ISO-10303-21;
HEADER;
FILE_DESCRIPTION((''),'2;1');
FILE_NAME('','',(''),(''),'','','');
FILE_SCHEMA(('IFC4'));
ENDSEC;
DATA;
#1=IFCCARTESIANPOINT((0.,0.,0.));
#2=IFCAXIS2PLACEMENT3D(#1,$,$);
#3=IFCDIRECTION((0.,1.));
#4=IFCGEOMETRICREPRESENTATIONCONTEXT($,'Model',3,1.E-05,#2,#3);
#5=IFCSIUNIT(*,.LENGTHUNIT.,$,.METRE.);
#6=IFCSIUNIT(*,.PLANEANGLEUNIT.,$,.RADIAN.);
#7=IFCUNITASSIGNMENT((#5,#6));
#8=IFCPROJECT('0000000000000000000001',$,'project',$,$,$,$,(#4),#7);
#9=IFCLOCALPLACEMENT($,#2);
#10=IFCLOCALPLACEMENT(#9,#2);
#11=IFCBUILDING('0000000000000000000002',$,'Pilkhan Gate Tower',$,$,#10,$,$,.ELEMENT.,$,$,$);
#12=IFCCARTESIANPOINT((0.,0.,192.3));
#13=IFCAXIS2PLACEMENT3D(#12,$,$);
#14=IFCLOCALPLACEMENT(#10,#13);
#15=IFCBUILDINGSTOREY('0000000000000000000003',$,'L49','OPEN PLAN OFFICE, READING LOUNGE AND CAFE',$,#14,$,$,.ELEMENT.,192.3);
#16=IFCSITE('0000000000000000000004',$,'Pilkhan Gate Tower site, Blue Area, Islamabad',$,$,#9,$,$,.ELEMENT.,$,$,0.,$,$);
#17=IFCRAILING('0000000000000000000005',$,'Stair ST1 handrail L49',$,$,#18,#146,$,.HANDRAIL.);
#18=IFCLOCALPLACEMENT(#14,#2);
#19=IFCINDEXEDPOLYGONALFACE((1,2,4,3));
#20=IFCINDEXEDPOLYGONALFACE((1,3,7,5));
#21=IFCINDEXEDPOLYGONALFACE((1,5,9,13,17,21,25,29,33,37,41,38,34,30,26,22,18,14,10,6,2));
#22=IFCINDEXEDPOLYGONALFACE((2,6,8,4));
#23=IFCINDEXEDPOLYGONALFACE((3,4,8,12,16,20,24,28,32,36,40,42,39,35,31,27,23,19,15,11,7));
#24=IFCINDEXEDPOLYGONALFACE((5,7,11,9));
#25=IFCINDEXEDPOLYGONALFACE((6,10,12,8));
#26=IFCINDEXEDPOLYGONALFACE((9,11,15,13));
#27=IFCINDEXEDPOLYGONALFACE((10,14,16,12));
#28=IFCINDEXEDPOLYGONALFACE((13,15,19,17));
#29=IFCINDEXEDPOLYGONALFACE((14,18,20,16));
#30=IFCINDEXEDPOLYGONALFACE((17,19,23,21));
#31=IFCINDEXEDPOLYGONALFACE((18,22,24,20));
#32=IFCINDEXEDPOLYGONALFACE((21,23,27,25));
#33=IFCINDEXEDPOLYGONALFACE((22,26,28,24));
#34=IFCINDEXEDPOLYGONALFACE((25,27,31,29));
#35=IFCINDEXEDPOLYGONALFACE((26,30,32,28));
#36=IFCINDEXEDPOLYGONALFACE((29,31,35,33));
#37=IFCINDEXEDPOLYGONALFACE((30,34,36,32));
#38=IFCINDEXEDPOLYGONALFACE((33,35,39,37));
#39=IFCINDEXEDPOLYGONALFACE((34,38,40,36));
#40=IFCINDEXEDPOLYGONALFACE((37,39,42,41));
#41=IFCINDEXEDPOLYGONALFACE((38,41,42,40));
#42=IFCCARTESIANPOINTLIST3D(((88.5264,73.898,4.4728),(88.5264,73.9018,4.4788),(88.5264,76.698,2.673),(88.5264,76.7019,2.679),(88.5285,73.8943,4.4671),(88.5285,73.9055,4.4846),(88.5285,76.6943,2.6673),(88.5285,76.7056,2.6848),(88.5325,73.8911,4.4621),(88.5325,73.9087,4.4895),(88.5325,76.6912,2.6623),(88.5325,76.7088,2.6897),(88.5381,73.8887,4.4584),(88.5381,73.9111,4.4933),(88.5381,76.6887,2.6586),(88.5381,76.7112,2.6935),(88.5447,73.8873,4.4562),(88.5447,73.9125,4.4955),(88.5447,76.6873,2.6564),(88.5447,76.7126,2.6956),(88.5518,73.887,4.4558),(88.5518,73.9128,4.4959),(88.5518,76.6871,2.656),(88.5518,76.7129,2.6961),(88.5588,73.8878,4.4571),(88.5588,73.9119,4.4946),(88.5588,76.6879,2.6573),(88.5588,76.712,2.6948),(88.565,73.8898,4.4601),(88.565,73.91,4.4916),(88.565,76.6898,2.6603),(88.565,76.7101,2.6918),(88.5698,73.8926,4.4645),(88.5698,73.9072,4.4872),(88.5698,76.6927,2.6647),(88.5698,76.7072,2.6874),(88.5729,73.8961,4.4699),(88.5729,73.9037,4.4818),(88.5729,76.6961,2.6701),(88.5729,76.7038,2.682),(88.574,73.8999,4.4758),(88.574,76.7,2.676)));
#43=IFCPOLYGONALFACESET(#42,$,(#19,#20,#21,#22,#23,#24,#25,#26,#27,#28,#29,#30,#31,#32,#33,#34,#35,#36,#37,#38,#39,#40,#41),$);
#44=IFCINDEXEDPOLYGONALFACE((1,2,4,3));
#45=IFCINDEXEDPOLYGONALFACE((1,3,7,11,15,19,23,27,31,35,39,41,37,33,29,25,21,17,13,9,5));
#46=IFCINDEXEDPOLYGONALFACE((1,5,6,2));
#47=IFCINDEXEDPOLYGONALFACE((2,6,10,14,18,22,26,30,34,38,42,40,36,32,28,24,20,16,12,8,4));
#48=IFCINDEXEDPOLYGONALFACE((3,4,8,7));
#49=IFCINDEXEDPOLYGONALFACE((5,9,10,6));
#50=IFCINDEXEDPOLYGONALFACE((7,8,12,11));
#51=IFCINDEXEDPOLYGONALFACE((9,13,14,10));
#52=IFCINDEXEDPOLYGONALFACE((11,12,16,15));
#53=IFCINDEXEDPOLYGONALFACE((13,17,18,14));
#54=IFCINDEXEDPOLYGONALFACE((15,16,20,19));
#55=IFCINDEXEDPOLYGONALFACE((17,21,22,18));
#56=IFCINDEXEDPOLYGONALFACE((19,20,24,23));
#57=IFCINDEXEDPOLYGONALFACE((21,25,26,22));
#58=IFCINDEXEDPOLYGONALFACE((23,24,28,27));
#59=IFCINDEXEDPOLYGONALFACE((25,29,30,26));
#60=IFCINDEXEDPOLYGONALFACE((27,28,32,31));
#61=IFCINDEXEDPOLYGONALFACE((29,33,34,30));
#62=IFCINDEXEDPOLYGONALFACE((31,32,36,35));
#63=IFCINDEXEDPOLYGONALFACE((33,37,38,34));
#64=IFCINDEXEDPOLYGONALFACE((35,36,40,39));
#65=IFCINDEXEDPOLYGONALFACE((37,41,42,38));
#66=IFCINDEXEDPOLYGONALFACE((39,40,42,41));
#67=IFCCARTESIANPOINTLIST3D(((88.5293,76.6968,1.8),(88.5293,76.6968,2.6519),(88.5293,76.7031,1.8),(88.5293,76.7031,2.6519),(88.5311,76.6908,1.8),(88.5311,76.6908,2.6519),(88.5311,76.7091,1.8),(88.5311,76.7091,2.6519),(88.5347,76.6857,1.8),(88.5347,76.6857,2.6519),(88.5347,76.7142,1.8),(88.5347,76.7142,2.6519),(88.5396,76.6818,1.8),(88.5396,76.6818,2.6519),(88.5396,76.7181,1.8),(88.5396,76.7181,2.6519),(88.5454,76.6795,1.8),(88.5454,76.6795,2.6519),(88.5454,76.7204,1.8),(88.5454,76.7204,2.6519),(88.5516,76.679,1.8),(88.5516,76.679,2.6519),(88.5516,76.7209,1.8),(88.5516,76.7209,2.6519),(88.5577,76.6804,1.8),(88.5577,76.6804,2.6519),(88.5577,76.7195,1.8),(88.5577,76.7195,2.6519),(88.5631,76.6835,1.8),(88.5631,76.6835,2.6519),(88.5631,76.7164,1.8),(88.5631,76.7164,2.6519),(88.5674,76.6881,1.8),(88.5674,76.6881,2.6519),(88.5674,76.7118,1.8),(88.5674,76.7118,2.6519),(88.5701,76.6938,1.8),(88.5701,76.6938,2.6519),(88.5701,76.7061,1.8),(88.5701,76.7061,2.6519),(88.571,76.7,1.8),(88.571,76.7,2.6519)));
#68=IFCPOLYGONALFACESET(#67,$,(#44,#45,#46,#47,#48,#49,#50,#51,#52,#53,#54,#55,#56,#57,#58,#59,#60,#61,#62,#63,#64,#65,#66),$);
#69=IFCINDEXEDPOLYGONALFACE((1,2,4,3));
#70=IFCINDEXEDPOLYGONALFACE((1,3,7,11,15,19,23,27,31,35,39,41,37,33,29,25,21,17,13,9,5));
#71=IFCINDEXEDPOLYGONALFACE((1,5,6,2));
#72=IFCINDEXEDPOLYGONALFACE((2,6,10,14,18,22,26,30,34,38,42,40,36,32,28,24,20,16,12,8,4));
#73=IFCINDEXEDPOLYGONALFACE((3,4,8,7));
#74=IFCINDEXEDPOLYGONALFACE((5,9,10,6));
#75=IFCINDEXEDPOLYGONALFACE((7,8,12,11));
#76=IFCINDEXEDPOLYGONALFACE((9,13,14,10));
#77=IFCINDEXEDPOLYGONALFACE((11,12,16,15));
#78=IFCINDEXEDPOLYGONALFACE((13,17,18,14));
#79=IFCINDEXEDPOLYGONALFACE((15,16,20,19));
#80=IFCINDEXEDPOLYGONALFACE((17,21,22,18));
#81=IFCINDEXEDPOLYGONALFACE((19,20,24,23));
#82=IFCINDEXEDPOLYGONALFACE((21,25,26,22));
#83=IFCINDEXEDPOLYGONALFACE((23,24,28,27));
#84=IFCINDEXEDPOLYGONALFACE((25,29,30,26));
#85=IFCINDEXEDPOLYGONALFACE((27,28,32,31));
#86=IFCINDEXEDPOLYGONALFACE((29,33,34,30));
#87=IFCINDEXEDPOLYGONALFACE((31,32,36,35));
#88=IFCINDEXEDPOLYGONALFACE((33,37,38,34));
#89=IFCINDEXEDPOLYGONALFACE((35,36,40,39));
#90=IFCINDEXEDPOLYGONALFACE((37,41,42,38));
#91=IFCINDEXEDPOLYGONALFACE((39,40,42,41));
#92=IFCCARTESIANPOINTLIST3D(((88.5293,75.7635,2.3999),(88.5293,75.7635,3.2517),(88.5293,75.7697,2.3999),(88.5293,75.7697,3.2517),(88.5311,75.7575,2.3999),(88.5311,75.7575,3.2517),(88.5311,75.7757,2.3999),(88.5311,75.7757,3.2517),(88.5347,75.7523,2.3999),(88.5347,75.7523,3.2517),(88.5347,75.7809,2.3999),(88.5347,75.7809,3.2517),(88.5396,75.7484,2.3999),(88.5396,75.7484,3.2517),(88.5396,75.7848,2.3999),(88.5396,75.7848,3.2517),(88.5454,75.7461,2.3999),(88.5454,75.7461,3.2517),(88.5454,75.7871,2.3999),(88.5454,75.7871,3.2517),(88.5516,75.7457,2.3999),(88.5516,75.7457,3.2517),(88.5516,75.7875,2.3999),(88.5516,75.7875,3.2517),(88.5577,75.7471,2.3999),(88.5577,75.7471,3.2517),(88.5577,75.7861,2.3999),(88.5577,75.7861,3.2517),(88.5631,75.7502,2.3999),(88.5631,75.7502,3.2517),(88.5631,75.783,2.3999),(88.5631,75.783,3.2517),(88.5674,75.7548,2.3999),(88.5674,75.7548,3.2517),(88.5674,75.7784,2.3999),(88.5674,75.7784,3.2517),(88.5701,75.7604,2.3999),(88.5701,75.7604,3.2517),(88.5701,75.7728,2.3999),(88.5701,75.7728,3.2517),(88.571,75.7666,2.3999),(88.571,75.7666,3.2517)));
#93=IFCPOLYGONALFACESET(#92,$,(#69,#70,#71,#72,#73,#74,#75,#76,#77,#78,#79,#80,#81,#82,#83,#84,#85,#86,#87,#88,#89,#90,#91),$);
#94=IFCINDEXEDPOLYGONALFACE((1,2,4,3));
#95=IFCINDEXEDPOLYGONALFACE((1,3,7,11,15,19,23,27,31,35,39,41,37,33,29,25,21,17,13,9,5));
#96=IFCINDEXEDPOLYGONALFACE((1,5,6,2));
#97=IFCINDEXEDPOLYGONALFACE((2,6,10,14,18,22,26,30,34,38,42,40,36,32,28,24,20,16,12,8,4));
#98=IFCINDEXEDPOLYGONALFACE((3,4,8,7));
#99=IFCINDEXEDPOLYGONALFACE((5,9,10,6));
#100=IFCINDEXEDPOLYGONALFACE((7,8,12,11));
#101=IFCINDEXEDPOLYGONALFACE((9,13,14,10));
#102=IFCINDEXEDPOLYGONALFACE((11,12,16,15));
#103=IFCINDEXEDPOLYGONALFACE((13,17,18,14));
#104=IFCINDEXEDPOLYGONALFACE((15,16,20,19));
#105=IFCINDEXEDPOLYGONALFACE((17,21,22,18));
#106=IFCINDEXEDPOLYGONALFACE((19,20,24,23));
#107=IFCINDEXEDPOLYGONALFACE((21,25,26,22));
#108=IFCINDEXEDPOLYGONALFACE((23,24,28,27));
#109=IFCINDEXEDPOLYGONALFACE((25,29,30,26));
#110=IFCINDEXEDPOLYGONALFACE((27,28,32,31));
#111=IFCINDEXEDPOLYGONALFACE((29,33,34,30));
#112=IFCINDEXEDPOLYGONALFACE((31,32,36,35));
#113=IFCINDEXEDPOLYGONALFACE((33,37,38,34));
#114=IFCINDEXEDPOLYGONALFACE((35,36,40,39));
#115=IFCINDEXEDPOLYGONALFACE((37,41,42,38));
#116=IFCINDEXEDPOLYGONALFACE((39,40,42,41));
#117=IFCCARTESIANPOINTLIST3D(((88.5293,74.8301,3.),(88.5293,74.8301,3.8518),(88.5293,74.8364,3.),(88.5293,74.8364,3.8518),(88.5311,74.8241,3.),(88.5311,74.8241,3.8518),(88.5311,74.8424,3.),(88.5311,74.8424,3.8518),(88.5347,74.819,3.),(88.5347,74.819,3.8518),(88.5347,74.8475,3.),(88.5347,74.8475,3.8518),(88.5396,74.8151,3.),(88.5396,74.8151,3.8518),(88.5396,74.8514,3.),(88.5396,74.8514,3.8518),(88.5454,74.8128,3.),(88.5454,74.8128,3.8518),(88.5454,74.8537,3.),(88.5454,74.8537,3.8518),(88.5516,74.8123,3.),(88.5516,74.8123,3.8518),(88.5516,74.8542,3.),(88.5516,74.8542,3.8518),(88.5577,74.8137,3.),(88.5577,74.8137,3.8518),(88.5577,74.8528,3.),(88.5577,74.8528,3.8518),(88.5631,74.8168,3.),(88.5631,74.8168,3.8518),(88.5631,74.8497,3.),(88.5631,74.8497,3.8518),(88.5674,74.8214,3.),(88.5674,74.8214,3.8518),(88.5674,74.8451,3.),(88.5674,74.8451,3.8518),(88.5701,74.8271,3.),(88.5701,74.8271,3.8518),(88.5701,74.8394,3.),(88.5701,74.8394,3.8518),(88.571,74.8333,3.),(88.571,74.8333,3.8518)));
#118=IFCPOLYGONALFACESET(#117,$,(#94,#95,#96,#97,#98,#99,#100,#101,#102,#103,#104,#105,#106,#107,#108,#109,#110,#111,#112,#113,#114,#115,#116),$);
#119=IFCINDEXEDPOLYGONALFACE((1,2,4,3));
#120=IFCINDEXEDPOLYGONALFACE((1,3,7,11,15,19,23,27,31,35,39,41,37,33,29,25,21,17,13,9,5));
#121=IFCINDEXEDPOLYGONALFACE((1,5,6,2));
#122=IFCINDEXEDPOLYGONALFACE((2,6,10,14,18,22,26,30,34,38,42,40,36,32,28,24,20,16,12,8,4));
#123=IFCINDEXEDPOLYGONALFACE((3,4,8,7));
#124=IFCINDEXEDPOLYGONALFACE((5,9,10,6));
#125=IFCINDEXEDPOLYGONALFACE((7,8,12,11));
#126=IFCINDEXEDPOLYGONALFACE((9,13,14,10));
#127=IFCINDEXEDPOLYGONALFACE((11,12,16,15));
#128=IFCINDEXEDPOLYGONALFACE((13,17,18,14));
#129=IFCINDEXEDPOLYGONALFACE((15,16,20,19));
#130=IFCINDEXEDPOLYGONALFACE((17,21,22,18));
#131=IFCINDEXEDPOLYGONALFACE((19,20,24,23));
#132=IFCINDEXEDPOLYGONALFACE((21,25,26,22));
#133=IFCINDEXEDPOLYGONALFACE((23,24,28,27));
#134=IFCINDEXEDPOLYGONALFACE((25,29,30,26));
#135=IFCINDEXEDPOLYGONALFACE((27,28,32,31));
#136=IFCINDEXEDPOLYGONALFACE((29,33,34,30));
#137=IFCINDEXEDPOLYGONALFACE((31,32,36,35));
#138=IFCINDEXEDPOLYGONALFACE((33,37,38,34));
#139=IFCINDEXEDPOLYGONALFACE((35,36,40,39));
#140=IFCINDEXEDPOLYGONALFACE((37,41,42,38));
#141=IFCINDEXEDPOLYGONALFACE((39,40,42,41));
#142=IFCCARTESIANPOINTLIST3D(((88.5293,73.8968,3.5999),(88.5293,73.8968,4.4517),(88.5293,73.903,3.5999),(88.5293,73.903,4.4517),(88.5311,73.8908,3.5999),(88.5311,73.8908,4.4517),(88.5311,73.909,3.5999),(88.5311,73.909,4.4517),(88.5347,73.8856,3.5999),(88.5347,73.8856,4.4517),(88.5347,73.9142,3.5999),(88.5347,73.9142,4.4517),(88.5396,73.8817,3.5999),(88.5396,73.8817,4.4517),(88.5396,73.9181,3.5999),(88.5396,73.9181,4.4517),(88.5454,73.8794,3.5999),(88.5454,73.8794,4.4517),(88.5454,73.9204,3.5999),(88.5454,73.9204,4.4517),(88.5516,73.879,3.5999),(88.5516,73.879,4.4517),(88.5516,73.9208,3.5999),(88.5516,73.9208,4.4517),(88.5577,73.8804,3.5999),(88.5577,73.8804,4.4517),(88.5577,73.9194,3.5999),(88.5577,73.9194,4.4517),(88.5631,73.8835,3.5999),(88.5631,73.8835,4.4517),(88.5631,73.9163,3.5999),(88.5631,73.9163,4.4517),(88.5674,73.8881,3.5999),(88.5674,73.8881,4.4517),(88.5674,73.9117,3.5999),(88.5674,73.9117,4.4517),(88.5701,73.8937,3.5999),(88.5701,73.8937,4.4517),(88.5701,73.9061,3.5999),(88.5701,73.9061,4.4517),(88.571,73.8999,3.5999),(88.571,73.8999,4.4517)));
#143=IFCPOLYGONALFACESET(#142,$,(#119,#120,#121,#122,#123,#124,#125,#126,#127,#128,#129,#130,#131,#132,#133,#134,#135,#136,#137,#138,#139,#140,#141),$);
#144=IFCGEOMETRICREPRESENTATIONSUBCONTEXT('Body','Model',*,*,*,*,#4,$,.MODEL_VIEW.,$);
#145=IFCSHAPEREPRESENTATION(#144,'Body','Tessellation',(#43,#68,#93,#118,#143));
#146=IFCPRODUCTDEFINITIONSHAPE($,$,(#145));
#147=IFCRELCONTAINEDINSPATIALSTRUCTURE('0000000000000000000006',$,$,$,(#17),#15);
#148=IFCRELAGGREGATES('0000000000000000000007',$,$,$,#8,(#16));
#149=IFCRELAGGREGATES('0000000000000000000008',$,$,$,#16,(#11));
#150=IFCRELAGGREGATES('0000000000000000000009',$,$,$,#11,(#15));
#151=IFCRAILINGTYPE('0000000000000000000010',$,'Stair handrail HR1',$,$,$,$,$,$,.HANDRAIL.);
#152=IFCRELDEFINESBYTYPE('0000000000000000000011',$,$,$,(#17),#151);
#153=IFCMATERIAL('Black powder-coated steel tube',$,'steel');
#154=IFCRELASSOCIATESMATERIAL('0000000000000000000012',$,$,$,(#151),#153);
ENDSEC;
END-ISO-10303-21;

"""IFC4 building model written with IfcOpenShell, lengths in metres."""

from ifc_helpers import new_model, si_unit, direction, frame, origin, origin_2d, place, context, subcontext, project, spatial, circle, extrude, material, type_object, element, save


model = new_model("IFC4")

# Units and contexts
model_context = context("Model", 3, precision=1e-05, world=origin(), true_north=direction((0.0, 1.0)))
body_context = subcontext(model_context, "Body", "Model", "MODEL_VIEW")
ifc_project = project(units=[si_unit("LENGTHUNIT", "METRE"), si_unit("PLANEANGLEUNIT", "RADIAN")], contexts=[model_context])

# Site, building, storey
site_placement = place(None, origin())
site = spatial("IfcSite", under=ifc_project, at=site_placement, Name="Pilkhan Gate Tower site, Blue Area, Islamabad", CompositionType="ELEMENT", RefElevation=0.0)
building_placement = place(site_placement, origin())
building = spatial("IfcBuilding", under=site, at=building_placement, Name="Pilkhan Gate Tower", CompositionType="ELEMENT")
storey_placement = place(building_placement, frame((0.0, 0.0, 192.3)))
storey = spatial("IfcBuildingStorey", under=building, at=storey_placement, Name="L49", Description="OPEN PLAN OFFICE, READING LOUNGE AND CAFE", CompositionType="ELEMENT", Elevation=192.3)

# Railing
ifc_material_1 = material(Name="Black powder-coated steel tube", Category="steel")
railing_type_1 = type_object("IfcRailingType", Name="Stair handrail HR1", PredefinedType="HANDRAIL", material=ifc_material_1)
for number, where, name in (
    (1, (88.55, 76.7, 1.8), "Stair ST1 handrail L49"),
):
    element("IfcRailing", number, at=place(storey_placement, frame(where)), inside=storey, type_object=railing_type_1, Name=name, PredefinedType="HANDRAIL", context=body_context, shape_type="SweptSolid", body=[
        extrude(circle(Radius=0.0239, at=origin_2d()), frame((0.0, 0.0, 0.876), z_axis=(0.0, -0.841209, 0.540709), x_axis=(1.0, 0.0, 0.0)), (0.0, 0.0, 1.0), 3.3286),
        extrude(circle(Radius=0.021, at=origin_2d()), origin(), (0.0, 0.0, 1.0), 0.8518),
        extrude(circle(Radius=0.021, at=origin_2d()), frame((0.0, -0.9333, 0.5999)), (0.0, 0.0, 1.0), 0.8518),
        extrude(circle(Radius=0.021, at=origin_2d()), frame((0.0, -1.8667, 1.2)), (0.0, 0.0, 1.0), 0.8518),
        extrude(circle(Radius=0.021, at=origin_2d()), frame((0.0, -2.8, 1.7998)), (0.0, 0.0, 1.0), 0.8518),
    ])

save(model, "model.ifc")
